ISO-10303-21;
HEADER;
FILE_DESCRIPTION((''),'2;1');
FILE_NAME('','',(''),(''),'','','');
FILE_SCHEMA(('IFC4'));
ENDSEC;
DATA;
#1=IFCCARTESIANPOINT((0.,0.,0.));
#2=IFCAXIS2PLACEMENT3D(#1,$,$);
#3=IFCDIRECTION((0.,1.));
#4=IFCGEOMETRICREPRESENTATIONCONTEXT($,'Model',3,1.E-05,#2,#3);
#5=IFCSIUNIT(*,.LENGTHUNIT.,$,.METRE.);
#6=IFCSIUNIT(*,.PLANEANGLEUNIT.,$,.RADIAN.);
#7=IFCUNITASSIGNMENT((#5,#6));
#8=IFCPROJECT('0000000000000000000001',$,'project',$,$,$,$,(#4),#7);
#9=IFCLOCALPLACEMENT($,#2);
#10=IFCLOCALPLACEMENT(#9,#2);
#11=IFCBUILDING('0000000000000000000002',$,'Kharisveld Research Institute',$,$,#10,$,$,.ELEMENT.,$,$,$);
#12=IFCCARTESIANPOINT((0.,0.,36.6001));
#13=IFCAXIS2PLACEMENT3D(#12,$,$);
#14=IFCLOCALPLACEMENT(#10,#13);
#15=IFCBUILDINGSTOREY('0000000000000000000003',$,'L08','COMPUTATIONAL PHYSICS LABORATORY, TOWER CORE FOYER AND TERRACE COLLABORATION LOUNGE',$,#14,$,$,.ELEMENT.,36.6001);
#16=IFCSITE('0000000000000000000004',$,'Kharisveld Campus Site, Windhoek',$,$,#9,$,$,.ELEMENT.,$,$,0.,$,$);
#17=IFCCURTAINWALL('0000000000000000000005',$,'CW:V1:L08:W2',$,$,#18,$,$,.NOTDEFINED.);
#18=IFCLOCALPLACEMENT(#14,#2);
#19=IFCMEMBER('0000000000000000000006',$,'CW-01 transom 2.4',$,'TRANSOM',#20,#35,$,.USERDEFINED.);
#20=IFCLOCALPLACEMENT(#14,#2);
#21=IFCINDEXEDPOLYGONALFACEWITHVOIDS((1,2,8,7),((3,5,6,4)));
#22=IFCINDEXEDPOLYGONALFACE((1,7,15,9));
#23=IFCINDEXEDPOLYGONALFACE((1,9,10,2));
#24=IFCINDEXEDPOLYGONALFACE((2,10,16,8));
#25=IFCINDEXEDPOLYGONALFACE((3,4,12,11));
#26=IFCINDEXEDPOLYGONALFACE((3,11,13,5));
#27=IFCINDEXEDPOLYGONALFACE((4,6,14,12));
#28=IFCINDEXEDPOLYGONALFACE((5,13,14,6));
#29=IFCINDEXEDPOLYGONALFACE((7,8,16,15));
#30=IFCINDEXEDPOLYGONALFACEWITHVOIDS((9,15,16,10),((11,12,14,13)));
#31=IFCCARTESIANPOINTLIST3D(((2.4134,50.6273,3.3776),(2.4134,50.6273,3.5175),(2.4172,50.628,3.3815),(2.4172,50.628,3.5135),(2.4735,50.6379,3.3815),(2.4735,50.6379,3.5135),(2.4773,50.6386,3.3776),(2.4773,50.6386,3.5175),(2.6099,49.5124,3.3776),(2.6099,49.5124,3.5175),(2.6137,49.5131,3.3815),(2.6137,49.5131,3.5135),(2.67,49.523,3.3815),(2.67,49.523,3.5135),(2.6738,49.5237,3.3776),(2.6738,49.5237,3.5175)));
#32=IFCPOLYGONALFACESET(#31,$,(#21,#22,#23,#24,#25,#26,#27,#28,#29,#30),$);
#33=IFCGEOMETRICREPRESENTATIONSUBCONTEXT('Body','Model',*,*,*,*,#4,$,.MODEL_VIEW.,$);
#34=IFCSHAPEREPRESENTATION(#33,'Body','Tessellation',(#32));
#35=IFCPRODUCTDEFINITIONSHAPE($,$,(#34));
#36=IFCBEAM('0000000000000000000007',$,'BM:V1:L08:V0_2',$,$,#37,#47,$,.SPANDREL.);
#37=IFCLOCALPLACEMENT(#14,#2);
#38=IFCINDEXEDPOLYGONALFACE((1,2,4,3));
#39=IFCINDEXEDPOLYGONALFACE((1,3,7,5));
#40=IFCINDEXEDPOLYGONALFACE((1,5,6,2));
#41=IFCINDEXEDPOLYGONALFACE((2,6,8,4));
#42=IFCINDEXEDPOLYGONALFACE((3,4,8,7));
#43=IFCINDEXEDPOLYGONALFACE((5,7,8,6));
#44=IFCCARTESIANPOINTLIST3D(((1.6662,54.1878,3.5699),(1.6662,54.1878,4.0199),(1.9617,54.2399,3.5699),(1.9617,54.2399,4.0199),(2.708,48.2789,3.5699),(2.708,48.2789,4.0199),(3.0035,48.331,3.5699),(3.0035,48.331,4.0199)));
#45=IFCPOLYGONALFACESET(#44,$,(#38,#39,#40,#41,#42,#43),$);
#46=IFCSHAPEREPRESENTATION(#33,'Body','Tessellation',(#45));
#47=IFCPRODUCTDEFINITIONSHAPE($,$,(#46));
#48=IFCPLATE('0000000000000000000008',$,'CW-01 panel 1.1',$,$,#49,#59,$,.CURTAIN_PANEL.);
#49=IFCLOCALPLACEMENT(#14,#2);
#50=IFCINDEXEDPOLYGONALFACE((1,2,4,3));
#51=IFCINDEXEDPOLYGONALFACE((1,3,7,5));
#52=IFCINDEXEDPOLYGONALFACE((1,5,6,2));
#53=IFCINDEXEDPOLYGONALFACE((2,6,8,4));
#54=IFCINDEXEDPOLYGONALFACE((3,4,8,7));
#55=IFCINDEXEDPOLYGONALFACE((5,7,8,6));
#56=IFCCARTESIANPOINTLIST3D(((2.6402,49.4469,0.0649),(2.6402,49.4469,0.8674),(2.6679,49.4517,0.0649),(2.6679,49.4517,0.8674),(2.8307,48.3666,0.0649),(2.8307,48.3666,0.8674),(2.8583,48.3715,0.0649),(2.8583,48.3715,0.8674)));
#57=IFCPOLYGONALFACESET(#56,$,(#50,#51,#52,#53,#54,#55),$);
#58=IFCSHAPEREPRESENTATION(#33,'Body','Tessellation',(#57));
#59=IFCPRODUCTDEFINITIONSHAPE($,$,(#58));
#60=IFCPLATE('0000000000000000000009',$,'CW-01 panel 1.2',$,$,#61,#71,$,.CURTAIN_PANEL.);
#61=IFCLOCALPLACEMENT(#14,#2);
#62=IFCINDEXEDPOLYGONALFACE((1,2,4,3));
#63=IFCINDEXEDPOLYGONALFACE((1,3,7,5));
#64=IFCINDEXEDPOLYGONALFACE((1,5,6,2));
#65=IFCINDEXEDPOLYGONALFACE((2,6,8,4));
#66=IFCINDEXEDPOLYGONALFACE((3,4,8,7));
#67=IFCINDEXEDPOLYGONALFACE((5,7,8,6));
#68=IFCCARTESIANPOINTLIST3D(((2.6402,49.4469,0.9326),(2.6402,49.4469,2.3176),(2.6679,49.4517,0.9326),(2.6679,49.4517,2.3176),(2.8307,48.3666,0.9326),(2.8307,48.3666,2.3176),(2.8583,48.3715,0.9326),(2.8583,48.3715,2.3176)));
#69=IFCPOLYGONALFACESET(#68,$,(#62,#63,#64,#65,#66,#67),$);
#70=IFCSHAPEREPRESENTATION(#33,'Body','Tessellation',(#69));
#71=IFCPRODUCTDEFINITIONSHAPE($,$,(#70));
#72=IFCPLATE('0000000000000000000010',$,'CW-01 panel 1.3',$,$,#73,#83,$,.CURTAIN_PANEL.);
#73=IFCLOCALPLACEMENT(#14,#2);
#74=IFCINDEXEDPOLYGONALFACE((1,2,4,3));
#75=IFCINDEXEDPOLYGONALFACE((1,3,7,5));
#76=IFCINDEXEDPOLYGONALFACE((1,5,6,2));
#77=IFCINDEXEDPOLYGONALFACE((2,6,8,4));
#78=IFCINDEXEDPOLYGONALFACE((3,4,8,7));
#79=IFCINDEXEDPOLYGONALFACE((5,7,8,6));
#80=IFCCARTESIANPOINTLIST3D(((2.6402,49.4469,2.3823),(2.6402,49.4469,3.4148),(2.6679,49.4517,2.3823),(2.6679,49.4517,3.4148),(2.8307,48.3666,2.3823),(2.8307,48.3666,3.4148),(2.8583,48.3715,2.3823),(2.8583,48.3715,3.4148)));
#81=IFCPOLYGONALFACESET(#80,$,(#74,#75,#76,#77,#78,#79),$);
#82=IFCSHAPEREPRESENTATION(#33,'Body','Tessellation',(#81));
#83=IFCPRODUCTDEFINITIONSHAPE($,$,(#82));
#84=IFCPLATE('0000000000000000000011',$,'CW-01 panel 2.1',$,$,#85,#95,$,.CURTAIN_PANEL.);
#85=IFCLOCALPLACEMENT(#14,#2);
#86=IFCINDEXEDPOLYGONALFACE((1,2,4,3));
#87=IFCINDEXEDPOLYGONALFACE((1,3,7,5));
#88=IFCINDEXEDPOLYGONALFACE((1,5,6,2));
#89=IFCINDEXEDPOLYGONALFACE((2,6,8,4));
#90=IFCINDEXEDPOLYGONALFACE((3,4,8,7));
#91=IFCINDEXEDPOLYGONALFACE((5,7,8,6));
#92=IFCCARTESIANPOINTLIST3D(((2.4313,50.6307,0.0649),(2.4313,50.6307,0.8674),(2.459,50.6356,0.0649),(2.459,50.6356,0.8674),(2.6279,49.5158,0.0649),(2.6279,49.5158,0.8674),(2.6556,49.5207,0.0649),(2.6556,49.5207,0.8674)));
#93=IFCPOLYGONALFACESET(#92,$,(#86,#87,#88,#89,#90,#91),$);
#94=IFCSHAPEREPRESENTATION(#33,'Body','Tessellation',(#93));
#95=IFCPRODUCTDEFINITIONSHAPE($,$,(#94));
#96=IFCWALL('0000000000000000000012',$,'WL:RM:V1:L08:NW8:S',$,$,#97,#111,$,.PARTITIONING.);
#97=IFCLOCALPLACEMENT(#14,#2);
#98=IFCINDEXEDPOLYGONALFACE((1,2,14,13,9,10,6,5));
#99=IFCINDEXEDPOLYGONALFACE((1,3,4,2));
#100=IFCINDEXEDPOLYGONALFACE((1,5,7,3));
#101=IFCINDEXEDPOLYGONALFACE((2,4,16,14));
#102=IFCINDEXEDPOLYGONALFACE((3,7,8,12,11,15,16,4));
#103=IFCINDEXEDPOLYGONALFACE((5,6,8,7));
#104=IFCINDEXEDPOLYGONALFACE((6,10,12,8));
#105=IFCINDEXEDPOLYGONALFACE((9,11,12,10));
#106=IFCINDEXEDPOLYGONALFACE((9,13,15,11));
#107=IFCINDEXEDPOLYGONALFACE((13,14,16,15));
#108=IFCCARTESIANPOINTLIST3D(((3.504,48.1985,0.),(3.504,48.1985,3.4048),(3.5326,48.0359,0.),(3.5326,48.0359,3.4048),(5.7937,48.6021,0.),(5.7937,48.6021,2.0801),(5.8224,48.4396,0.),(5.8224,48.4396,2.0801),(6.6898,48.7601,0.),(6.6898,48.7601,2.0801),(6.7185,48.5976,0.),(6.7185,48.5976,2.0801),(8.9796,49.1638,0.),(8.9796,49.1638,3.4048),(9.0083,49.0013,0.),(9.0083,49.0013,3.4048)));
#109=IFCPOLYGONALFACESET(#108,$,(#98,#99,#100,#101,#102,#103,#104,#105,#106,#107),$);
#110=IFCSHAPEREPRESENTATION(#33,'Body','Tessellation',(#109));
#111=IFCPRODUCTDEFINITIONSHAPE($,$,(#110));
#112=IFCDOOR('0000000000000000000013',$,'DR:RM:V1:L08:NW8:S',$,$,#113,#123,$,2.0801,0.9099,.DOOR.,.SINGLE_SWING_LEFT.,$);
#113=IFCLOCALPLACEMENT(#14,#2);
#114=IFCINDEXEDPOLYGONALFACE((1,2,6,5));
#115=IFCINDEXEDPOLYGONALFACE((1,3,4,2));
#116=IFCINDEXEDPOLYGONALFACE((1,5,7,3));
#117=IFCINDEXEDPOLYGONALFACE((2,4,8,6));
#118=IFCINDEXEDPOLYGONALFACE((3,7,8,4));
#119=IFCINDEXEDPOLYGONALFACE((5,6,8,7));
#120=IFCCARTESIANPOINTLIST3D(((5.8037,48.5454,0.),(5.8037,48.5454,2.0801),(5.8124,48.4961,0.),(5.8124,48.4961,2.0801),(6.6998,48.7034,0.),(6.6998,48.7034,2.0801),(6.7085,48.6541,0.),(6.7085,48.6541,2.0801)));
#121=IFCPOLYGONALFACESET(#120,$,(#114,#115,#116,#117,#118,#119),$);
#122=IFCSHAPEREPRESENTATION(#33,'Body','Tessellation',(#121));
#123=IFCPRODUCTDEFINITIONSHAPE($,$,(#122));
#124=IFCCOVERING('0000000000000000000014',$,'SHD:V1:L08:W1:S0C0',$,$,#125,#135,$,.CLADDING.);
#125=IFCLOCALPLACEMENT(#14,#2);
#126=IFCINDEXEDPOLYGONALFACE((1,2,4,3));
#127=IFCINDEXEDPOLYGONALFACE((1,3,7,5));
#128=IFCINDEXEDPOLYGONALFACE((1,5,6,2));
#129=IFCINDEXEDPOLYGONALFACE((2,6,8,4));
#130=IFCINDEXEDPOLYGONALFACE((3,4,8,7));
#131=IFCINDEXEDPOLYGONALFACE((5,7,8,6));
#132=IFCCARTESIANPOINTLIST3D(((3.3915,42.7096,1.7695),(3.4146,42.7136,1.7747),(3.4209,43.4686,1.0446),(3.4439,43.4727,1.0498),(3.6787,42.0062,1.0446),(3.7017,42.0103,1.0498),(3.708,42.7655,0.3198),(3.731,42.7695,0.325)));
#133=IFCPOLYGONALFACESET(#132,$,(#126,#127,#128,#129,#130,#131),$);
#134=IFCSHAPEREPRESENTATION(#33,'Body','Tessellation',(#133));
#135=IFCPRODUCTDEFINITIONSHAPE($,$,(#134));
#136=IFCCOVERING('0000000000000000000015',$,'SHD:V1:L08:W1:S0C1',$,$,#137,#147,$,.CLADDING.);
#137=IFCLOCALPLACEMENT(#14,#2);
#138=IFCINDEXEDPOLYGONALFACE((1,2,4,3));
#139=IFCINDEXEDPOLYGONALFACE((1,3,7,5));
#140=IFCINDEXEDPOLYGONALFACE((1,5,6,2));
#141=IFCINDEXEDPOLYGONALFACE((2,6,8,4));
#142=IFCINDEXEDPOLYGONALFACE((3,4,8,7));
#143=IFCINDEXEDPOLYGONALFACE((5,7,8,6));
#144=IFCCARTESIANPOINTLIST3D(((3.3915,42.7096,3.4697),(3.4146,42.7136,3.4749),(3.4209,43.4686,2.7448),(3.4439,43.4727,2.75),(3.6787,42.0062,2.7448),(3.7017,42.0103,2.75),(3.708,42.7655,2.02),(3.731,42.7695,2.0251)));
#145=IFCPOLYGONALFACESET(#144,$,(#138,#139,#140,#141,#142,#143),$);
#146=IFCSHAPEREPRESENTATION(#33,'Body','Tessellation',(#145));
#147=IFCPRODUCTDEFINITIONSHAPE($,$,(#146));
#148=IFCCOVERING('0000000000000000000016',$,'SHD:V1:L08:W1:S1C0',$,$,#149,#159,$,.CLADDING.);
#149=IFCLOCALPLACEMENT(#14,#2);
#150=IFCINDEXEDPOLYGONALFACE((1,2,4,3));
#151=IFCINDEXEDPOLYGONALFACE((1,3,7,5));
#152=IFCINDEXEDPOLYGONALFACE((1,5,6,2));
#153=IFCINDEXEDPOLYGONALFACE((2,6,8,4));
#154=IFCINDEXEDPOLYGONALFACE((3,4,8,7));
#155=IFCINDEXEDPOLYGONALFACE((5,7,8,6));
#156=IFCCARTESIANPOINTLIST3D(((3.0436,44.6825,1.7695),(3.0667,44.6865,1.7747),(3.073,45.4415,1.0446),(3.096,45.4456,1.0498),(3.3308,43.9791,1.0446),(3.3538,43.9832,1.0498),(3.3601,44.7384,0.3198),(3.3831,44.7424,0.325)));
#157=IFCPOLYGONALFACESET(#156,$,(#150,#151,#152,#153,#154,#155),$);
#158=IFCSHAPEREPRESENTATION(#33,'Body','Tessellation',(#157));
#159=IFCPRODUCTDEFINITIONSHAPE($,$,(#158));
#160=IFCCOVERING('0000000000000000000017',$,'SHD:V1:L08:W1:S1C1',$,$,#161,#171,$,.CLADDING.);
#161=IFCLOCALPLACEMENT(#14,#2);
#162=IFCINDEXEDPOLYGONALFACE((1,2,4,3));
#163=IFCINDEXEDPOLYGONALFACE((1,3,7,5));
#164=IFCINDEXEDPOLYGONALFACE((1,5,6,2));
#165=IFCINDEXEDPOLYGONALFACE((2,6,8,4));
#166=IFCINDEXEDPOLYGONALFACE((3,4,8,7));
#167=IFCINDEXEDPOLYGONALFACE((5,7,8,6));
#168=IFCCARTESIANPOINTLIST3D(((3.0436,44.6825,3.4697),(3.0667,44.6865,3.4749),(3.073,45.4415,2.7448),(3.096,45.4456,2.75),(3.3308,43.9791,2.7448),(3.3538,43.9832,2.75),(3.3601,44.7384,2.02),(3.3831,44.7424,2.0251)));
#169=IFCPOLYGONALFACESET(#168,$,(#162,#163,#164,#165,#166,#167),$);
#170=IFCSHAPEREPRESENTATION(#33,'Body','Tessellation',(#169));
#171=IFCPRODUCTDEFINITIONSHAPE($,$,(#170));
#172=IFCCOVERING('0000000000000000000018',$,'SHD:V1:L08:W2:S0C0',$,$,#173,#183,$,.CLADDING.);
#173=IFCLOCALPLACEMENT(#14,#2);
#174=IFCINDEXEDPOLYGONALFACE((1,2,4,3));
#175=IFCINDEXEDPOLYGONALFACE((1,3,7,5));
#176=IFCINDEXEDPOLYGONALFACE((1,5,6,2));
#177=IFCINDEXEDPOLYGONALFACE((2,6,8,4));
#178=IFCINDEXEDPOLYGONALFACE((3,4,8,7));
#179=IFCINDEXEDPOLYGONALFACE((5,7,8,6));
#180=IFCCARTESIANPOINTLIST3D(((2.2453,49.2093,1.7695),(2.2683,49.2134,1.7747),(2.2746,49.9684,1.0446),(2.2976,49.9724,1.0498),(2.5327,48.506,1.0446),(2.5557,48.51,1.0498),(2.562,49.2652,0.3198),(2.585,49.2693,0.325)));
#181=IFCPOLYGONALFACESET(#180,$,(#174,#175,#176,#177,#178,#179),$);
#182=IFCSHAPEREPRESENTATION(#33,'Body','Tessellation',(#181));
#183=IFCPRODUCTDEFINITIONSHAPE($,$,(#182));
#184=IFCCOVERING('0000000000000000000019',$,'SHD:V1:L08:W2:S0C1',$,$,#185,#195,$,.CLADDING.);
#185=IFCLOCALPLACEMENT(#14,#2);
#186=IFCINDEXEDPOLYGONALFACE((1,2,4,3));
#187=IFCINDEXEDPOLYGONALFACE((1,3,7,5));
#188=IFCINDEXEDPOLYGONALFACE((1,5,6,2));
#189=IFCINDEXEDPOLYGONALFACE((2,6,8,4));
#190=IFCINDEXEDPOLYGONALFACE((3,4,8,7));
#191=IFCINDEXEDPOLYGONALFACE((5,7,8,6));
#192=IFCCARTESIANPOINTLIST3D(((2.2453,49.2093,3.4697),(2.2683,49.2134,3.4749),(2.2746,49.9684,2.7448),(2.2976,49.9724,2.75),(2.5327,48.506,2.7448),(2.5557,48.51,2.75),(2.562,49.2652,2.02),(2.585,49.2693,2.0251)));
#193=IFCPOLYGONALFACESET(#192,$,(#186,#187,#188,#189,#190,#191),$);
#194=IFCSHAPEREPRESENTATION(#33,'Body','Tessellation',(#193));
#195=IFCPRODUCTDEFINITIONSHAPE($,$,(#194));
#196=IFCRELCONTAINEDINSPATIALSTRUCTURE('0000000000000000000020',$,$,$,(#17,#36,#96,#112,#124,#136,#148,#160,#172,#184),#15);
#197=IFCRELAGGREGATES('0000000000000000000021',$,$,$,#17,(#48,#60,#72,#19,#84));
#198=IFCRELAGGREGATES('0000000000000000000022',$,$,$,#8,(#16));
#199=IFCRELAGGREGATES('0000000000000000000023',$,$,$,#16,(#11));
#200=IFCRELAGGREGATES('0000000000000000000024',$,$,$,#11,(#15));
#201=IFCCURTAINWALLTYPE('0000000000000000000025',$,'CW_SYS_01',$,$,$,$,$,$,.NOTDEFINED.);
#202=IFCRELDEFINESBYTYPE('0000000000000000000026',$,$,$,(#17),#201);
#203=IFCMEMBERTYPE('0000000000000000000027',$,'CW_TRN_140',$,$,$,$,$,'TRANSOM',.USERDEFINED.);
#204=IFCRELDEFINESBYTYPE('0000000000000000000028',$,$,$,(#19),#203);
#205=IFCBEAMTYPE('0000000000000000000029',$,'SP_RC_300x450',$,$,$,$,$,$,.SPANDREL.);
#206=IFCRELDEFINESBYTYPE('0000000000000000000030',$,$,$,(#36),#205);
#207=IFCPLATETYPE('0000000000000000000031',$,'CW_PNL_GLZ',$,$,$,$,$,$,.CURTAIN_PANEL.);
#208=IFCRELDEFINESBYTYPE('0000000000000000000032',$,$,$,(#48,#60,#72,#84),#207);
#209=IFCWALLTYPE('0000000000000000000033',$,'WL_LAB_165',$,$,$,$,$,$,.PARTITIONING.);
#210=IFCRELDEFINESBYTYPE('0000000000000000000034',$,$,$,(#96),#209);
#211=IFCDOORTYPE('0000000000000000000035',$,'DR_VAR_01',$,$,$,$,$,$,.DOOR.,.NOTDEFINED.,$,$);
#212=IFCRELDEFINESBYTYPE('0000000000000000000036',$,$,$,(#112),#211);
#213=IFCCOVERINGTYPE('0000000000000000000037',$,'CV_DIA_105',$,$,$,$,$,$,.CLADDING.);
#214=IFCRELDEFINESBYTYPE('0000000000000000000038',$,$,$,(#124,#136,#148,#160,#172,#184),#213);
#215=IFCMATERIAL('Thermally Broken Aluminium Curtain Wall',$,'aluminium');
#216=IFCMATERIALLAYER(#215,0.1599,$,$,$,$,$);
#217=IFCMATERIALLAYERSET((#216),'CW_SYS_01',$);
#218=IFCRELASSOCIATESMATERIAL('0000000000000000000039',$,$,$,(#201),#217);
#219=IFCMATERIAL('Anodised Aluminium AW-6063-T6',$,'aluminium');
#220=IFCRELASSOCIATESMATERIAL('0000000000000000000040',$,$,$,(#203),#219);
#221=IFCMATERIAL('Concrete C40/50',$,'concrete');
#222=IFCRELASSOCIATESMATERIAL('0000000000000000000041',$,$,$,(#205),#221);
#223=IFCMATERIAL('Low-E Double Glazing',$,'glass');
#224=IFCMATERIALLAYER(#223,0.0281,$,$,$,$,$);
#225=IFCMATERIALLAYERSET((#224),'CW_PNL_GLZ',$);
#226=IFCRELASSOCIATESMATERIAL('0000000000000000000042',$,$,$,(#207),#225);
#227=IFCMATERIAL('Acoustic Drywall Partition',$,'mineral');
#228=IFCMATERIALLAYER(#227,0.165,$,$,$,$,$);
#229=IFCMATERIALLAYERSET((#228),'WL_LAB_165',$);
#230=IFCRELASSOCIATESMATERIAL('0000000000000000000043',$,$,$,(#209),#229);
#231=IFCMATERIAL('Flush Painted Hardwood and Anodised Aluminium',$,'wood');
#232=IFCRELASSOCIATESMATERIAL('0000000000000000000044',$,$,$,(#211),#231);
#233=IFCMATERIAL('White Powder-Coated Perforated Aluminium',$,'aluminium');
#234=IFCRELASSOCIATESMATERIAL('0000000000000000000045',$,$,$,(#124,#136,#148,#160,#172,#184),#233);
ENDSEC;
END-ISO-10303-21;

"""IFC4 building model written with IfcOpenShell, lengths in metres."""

from ifc_helpers import new_model, si_unit, direction, frame, frame_2d, origin, origin_2d, place, context, subcontext, project, spatial, polyline, rectangle, hollow_rectangle, outline, extrude, material, layer, layer_set, material_profile, profile_set, type_object, element, fill, aggregate, save


model = new_model("IFC4")

# Units and contexts
model_context = context("Model", 3, precision=1e-05, world=origin(), true_north=direction((0.0, 1.0)))
body_context = subcontext(model_context, "Body", "Model", "MODEL_VIEW")
ifc_project = project(units=[si_unit("LENGTHUNIT", "METRE"), si_unit("PLANEANGLEUNIT", "RADIAN")], contexts=[model_context])

# Site, building, storey
site_placement = place(None, origin())
site = spatial("IfcSite", under=ifc_project, at=site_placement, Name="Kharisveld Campus Site, Windhoek", CompositionType="ELEMENT", RefElevation=0.0)
building_placement = place(site_placement, origin())
building = spatial("IfcBuilding", under=site, at=building_placement, Name="Kharisveld Research Institute", CompositionType="ELEMENT")
storey_placement = place(building_placement, frame((0.0, 0.0, 36.6001)))
storey = spatial("IfcBuildingStorey", under=building, at=storey_placement, Name="L08", Description="COMPUTATIONAL PHYSICS LABORATORY, TOWER CORE FOYER AND TERRACE COLLABORATION LOUNGE", CompositionType="ELEMENT", Elevation=36.6001)

# Curtain wall, member
ifc_material_1 = material(Name="Thermally Broken Aluminium Curtain Wall", Category="aluminium")
ifc_layer_1 = layer(ifc_material_1, 0.1599)
ifc_layer_set_1 = layer_set([ifc_layer_1], Name="CW_SYS_01")
curtain_wall_type = type_object("IfcCurtainWallType", Name="CW_SYS_01", PredefinedType="NOTDEFINED", material=ifc_layer_set_1)
curtain_wall_placement = place(storey_placement, origin())
curtain_wall = element("IfcCurtainWall", 1, at=curtain_wall_placement, inside=storey, type_object=curtain_wall_type, Name="CW:V1:L08:W2", PredefinedType="NOTDEFINED")
ifc_material_2 = material(Name="Anodised Aluminium AW-6063-T6", Category="aluminium")
ifc_material_profile_1 = material_profile(ifc_material_2, hollow_rectangle(XDim=0.0649, YDim=0.1399, WallThickness=0.0039, at=origin_2d()))
ifc_profile_set_1 = profile_set([ifc_material_profile_1], Name="Anodised Aluminium AW-6063-T6")
member_type_1 = type_object("IfcMemberType", Name="CW_TRN_140", ElementType="TRANSOM", PredefinedType="USERDEFINED", material=ifc_profile_set_1)
member_1_placement = place(storey_placement, frame((2.6418, 49.5181, 3.4475), z_axis=(-0.173589, 0.984818, 0.0), x_axis=(-0.984818, -0.173589, 0.0)))
member_1 = element("IfcMember", 2, at=member_1_placement, type_object=member_type_1, Name="CW-01 transom 2.4", ObjectType="TRANSOM", PredefinedType="USERDEFINED", context=body_context, shape_type="SweptSolid", body=[
    extrude(hollow_rectangle(XDim=0.0649, YDim=0.1399, WallThickness=0.0039, at=origin_2d()), origin(), (0.0, 0.0, 1.0), 1.1321),
])

# Beam
ifc_material_3 = material(Name="Concrete C40/50", Category="concrete")
ifc_material_profile_2 = material_profile(ifc_material_3, rectangle(XDim=0.3, YDim=0.45, at=origin_2d()))
ifc_profile_set_2 = profile_set([ifc_material_profile_2], Name="Concrete C40/50")
beam_type_1 = type_object("IfcBeamType", Name="SP_RC_300x450", PredefinedType="SPANDREL", material=ifc_profile_set_2)
beam_1_placement = place(storey_placement, frame((2.8557, 48.3049, 3.7949), z_axis=(-0.173623, 0.984812, 0.0), x_axis=(-0.984812, -0.173623, 0.0)))
element("IfcBeam", 3, at=beam_1_placement, inside=storey, type_object=beam_type_1, Name="BM:V1:L08:V0_2", PredefinedType="SPANDREL", context=body_context, shape_type="SweptSolid", body=[
    extrude(rectangle(XDim=0.3, YDim=0.45, at=origin_2d()), origin(), (0.0, 0.0, 1.0), 6.0),
])

# Plates
ifc_material_4 = material(Name="Low-E Double Glazing", Category="glass")
ifc_layer_2 = layer(ifc_material_4, 0.0281)
ifc_layer_set_2 = layer_set([ifc_layer_2], Name="CW_PNL_GLZ")
plate_type = type_object("IfcPlateType", Name="CW_PNL_GLZ", PredefinedType="CURTAIN_PANEL", material=ifc_layer_set_2)
plate_1_placement = place(storey_placement, frame((2.7493, 48.9092, 0.0649), z_axis=(0.0, 0.0, 1.0), x_axis=(-0.173648, 0.984808, 0.0)))
plate_1 = element("IfcPlate", 4, at=plate_1_placement, type_object=plate_type, Name="CW-01 panel 1.1", PredefinedType="CURTAIN_PANEL", context=body_context, shape_type="SweptSolid", body=[
    extrude(rectangle(XDim=1.0969, YDim=0.0281, at=origin_2d()), origin(), (0.0, 0.0, 1.0), 0.8025),
])
plate_2_placement = place(storey_placement, frame((2.7493, 48.9092, 0.9326), z_axis=(0.0, 0.0, 1.0), x_axis=(-0.173648, 0.984808, 0.0)))
plate_2 = element("IfcPlate", 5, at=plate_2_placement, type_object=plate_type, Name="CW-01 panel 1.2", PredefinedType="CURTAIN_PANEL", context=body_context, shape_type="SweptSolid", body=[
    extrude(rectangle(XDim=1.0969, YDim=0.0281, at=origin_2d()), origin(), (0.0, 0.0, 1.0), 1.385),
])
plate_3_placement = place(storey_placement, frame((2.7493, 48.9092, 2.3823), z_axis=(0.0, 0.0, 1.0), x_axis=(-0.173648, 0.984808, 0.0)))
plate_3 = element("IfcPlate", 6, at=plate_3_placement, type_object=plate_type, Name="CW-01 panel 1.3", PredefinedType="CURTAIN_PANEL", context=body_context, shape_type="SweptSolid", body=[
    extrude(rectangle(XDim=1.0969, YDim=0.0281, at=origin_2d()), origin(), (0.0, 0.0, 1.0), 1.0325),
])
plate_4_placement = place(storey_placement, frame((2.5435, 50.0757, 0.0649), z_axis=(0.0, 0.0, 1.0), x_axis=(-0.173648, 0.984808, 0.0)))
plate_4 = element("IfcPlate", 7, at=plate_4_placement, type_object=plate_type, Name="CW-01 panel 2.1", PredefinedType="CURTAIN_PANEL", context=body_context, shape_type="SweptSolid", body=[
    extrude(rectangle(XDim=1.1321, YDim=0.0281, at=origin_2d()), origin(), (0.0, 0.0, 1.0), 0.8025),
])
aggregate(curtain_wall, [plate_1, plate_2, plate_3, member_1, plate_4])

# Wall, opening, door
ifc_material_5 = material(Name="Acoustic Drywall Partition", Category="mineral")
ifc_layer_3 = layer(ifc_material_5, 0.165)
ifc_layer_set_3 = layer_set([ifc_layer_3], Name="WL_LAB_165")
wall_type = type_object("IfcWallType", Name="WL_LAB_165", PredefinedType="PARTITIONING", material=ifc_layer_set_3)
wall_placement = place(storey_placement, frame((3.5183, 48.1172, 0.0), z_axis=(0.0, 0.0, 1.0), x_axis=(0.984813, 0.17362, 0.0)))
wall = element("IfcWall", 8, at=wall_placement, inside=storey, type_object=wall_type, Name="WL:RM:V1:L08:NW8:S", PredefinedType="PARTITIONING", context=body_context, shape_type="SweptSolid", body=[
    extrude(rectangle(XDim=5.5601, YDim=0.165, at=frame_2d((2.78, 0.0))), origin(), (0.0, 0.0, 1.0), 3.4048),
])
opening_placement = place(wall_placement, frame((2.325, 0.0, 0.0)))
opening = element("IfcOpeningElement", 9, at=opening_placement, cuts=wall, PredefinedType="OPENING", context=body_context, shape_type="SweptSolid", body=[
    extrude(rectangle(XDim=0.9099, YDim=2.0801, at=frame_2d((0.4551, 1.04))), frame((0.0, 0.0825, 0.0), z_axis=(0.0, -1.0, 0.0), x_axis=(1.0, 0.0, 0.0)), (0.0, 0.0, 1.0), 0.165),
])
ifc_material_6 = material(Name="Flush Painted Hardwood and Anodised Aluminium", Category="wood")
door_type = type_object("IfcDoorType", Name="DR_VAR_01", OperationType="NOTDEFINED", PredefinedType="DOOR", material=ifc_material_6)
door_placement = place(opening_placement, origin())
door = element("IfcDoor", 10, at=door_placement, inside=storey, type_object=door_type, Name="DR:RM:V1:L08:NW8:S", OperationType="SINGLE_SWING_LEFT", OverallHeight=2.0801, OverallWidth=0.9099, PredefinedType="DOOR", context=body_context, shape_type="SweptSolid", body=[
    extrude(rectangle(XDim=0.9099, YDim=2.0801, at=frame_2d((0.4551, 1.04))), frame((0.0, 0.0249, 0.0), z_axis=(0.0, -1.0, 0.0), x_axis=(1.0, 0.0, 0.0)), (0.0, 0.0, 1.0), 0.05),
])
fill(opening, door)

# Coverings
ifc_material_7 = material(Name="White Powder-Coated Perforated Aluminium", Category="aluminium")
covering_type = type_object("IfcCoveringType", Name="CV_DIA_105", PredefinedType="CLADDING")
for number, where, z_axis, x_axis, name in (
    (11, (3.731, 42.7695, 0.325), (0.961481, 0.169503, 0.216385), (-0.273452, 0.669728, 0.690426), "SHD:V1:L08:W1:S0C0"),
    (12, (3.731, 42.7695, 2.0251), (0.961481, 0.169503, 0.216385), (-0.273452, 0.669728, 0.690426), "SHD:V1:L08:W1:S0C1"),
    (13, (3.3831, 44.7424, 0.325), (0.961481, 0.169503, 0.216385), (-0.273452, 0.669728, 0.690426), "SHD:V1:L08:W1:S1C0"),
    (14, (3.3831, 44.7424, 2.0251), (0.961481, 0.169503, 0.216385), (-0.273452, 0.669728, 0.690426), "SHD:V1:L08:W1:S1C1"),
):
    element("IfcCovering", number, at=place(storey_placement, frame(where, z_axis=z_axis, x_axis=x_axis)), inside=storey, type_object=covering_type, material=ifc_material_7, Name=name, PredefinedType="CLADDING", context=body_context, shape_type="SweptSolid", body=[
        extrude(outline(polyline([(0.0, 0.0), (1.0499, 0.0), (1.05, 1.05), (0.0, 1.0501), (0.0, 0.0)])), origin(), (0.0, 0.0, -1.0), 0.0239),
    ])
for number, where, z_axis, x_axis, name in (
    (15, (2.585, 49.2693, 0.325), (0.96142, 0.169653, 0.21654), (-0.273667, 0.669686, 0.690382), "SHD:V1:L08:W2:S0C0"),
    (16, (2.585, 49.2693, 2.0251), (0.96142, 0.169653, 0.21654), (-0.273667, 0.669686, 0.690382), "SHD:V1:L08:W2:S0C1"),
):
    element("IfcCovering", number, at=place(storey_placement, frame(where, z_axis=z_axis, x_axis=x_axis)), inside=storey, type_object=covering_type, material=ifc_material_7, Name=name, PredefinedType="CLADDING", context=body_context, shape_type="SweptSolid", body=[
        extrude(outline(polyline([(0.0, 0.0), (1.0499, 0.0), (1.0501, 1.05), (0.0, 1.0501), (0.0, 0.0)])), origin(), (0.0, 0.0, -1.0), 0.0239),
    ])

save(model, "model.ifc")
